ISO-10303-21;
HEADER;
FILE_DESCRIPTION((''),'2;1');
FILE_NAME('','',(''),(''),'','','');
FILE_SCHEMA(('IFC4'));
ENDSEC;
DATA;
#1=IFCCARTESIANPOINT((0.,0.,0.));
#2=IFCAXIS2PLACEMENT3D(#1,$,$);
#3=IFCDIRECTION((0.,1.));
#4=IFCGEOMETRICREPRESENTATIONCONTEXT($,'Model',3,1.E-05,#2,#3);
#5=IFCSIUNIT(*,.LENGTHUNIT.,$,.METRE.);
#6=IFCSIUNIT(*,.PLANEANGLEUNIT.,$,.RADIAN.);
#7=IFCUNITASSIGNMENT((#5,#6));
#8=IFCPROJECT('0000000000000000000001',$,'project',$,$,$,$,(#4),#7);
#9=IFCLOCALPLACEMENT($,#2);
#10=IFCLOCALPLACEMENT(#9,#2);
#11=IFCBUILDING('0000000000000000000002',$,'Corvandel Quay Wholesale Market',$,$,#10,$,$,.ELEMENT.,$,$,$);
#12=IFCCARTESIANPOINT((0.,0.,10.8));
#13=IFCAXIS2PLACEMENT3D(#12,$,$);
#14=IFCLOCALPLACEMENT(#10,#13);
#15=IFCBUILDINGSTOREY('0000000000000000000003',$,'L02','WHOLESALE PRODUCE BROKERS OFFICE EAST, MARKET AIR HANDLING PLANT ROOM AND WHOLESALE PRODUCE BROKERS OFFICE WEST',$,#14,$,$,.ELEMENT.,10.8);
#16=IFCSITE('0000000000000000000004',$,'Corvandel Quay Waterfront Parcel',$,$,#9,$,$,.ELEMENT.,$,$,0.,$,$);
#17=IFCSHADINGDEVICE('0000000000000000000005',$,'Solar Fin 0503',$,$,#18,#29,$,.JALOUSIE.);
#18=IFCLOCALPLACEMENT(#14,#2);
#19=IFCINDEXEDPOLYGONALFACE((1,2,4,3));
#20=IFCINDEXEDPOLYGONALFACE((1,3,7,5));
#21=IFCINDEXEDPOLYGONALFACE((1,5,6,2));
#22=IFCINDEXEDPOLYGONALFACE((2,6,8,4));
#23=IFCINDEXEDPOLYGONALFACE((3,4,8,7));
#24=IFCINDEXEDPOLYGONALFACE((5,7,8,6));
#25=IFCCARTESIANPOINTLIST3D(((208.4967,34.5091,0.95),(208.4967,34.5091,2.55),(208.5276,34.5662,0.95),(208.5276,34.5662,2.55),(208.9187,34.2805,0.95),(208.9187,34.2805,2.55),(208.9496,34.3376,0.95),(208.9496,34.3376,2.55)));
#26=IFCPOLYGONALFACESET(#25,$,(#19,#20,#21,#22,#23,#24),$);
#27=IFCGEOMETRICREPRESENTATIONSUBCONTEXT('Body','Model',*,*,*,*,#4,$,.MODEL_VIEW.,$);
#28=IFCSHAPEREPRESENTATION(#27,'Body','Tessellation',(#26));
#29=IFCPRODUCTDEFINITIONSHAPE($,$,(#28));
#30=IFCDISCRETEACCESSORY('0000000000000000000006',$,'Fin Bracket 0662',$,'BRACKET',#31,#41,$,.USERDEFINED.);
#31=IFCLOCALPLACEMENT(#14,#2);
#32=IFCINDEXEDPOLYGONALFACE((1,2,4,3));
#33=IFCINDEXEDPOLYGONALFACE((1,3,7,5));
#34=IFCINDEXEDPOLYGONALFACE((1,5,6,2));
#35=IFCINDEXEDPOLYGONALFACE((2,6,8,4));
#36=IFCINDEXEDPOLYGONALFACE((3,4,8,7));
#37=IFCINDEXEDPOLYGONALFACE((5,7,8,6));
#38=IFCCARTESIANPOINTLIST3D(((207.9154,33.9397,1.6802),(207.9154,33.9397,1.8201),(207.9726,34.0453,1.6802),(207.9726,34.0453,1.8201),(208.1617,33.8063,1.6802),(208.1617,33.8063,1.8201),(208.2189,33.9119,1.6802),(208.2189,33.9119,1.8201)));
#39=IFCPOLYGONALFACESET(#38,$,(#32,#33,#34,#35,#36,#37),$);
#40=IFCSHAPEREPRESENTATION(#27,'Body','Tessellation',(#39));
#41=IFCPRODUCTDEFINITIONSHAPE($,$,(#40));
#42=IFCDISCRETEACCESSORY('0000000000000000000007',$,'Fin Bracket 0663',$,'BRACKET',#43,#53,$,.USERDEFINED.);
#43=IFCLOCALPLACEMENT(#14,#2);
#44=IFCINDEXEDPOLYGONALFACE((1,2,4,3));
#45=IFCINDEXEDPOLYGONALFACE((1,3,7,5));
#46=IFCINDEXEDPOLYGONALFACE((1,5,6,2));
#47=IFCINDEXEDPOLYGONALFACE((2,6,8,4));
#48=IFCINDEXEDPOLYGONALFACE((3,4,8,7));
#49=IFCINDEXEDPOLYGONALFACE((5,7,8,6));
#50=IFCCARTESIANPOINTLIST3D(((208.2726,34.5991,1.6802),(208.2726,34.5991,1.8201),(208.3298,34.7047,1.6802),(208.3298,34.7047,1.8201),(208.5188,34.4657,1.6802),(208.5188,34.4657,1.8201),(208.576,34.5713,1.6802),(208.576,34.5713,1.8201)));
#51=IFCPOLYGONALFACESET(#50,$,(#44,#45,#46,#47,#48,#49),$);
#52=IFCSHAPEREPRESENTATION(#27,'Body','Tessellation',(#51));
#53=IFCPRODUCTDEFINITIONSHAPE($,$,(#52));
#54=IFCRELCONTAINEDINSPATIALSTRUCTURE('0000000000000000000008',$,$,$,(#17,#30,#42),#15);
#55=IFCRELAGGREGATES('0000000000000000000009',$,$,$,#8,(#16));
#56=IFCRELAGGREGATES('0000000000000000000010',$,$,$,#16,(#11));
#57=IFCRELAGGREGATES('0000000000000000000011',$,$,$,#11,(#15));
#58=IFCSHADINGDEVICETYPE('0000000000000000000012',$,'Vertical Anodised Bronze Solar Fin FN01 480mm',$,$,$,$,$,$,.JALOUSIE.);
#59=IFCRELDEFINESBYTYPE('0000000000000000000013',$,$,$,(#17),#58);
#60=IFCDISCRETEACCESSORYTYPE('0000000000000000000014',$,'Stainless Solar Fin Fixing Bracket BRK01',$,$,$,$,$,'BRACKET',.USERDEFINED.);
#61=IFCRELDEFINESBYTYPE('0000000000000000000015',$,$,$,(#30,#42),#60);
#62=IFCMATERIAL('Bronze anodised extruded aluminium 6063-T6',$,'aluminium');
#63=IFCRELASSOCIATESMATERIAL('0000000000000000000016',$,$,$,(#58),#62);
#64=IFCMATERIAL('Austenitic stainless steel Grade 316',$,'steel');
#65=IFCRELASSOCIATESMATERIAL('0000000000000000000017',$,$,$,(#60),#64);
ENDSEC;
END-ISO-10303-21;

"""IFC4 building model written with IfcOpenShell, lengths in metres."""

from ifc_helpers import new_model, si_unit, direction, frame, origin, origin_2d, place, context, subcontext, project, spatial, rectangle, extrude, material, type_object, element, save


model = new_model("IFC4")

# Units and contexts
model_context = context("Model", 3, precision=1e-05, world=origin(), true_north=direction((0.0, 1.0)))
body_context = subcontext(model_context, "Body", "Model", "MODEL_VIEW")
ifc_project = project(units=[si_unit("LENGTHUNIT", "METRE"), si_unit("PLANEANGLEUNIT", "RADIAN")], contexts=[model_context])

# Site, building, storey
site_placement = place(None, origin())
site = spatial("IfcSite", under=ifc_project, at=site_placement, Name="Corvandel Quay Waterfront Parcel", CompositionType="ELEMENT", RefElevation=0.0)
building_placement = place(site_placement, origin())
building = spatial("IfcBuilding", under=site, at=building_placement, Name="Corvandel Quay Wholesale Market", CompositionType="ELEMENT")
storey_placement = place(building_placement, frame((0.0, 0.0, 10.8)))
storey = spatial("IfcBuildingStorey", under=building, at=storey_placement, Name="L02", Description="WHOLESALE PRODUCE BROKERS OFFICE EAST, MARKET AIR HANDLING PLANT ROOM AND WHOLESALE PRODUCE BROKERS OFFICE WEST", CompositionType="ELEMENT", Elevation=10.8)

# Shading device
ifc_material_1 = material(Name="Bronze anodised extruded aluminium 6063-T6", Category="aluminium")
shading_device_type = type_object("IfcShadingDeviceType", Name="Vertical Anodised Bronze Solar Fin FN01 480mm", PredefinedType="JALOUSIE", material=ifc_material_1)
for number, where, z_axis, x_axis, name in (
    (1, (208.7231, 34.4233, 0.95), (0.0, 0.0, 1.0), (-0.879316, 0.476238, 0.0), "Solar Fin 0503"),
):
    element("IfcShadingDevice", number, at=place(storey_placement, frame(where, z_axis=z_axis, x_axis=x_axis)), inside=storey, type_object=shading_device_type, Name=name, PredefinedType="JALOUSIE", context=body_context, shape_type="SweptSolid", body=[
        extrude(rectangle(XDim=0.48, YDim=0.0649, at=origin_2d()), origin(), (0.0, 0.0, 1.0), 1.6001),
    ])

# Discrete accessories
ifc_material_2 = material(Name="Austenitic stainless steel Grade 316", Category="steel")
discrete_accessory_type = type_object("IfcDiscreteAccessoryType", Name="Stainless Solar Fin Fixing Bracket BRK01", ElementType="BRACKET", PredefinedType="USERDEFINED", material=ifc_material_2)
for number, where, z_axis, x_axis, name in (
    (2, (208.0671, 33.9258, 1.6802), (0.0, 0.0, 1.0), (-0.879316, 0.476238, 0.0), "Fin Bracket 0662"),
    (3, (208.4243, 34.5852, 1.6802), (0.0, 0.0, 1.0), (-0.879316, 0.476238, 0.0), "Fin Bracket 0663"),
):
    element("IfcDiscreteAccessory", number, at=place(storey_placement, frame(where, z_axis=z_axis, x_axis=x_axis)), inside=storey, type_object=discrete_accessory_type, Name=name, ObjectType="BRACKET", PredefinedType="USERDEFINED", context=body_context, shape_type="SweptSolid", body=[
        extrude(rectangle(XDim=0.28, YDim=0.1201, at=origin_2d()), origin(), (0.0, 0.0, 1.0), 0.1399),
    ])

save(model, "model.ifc")
